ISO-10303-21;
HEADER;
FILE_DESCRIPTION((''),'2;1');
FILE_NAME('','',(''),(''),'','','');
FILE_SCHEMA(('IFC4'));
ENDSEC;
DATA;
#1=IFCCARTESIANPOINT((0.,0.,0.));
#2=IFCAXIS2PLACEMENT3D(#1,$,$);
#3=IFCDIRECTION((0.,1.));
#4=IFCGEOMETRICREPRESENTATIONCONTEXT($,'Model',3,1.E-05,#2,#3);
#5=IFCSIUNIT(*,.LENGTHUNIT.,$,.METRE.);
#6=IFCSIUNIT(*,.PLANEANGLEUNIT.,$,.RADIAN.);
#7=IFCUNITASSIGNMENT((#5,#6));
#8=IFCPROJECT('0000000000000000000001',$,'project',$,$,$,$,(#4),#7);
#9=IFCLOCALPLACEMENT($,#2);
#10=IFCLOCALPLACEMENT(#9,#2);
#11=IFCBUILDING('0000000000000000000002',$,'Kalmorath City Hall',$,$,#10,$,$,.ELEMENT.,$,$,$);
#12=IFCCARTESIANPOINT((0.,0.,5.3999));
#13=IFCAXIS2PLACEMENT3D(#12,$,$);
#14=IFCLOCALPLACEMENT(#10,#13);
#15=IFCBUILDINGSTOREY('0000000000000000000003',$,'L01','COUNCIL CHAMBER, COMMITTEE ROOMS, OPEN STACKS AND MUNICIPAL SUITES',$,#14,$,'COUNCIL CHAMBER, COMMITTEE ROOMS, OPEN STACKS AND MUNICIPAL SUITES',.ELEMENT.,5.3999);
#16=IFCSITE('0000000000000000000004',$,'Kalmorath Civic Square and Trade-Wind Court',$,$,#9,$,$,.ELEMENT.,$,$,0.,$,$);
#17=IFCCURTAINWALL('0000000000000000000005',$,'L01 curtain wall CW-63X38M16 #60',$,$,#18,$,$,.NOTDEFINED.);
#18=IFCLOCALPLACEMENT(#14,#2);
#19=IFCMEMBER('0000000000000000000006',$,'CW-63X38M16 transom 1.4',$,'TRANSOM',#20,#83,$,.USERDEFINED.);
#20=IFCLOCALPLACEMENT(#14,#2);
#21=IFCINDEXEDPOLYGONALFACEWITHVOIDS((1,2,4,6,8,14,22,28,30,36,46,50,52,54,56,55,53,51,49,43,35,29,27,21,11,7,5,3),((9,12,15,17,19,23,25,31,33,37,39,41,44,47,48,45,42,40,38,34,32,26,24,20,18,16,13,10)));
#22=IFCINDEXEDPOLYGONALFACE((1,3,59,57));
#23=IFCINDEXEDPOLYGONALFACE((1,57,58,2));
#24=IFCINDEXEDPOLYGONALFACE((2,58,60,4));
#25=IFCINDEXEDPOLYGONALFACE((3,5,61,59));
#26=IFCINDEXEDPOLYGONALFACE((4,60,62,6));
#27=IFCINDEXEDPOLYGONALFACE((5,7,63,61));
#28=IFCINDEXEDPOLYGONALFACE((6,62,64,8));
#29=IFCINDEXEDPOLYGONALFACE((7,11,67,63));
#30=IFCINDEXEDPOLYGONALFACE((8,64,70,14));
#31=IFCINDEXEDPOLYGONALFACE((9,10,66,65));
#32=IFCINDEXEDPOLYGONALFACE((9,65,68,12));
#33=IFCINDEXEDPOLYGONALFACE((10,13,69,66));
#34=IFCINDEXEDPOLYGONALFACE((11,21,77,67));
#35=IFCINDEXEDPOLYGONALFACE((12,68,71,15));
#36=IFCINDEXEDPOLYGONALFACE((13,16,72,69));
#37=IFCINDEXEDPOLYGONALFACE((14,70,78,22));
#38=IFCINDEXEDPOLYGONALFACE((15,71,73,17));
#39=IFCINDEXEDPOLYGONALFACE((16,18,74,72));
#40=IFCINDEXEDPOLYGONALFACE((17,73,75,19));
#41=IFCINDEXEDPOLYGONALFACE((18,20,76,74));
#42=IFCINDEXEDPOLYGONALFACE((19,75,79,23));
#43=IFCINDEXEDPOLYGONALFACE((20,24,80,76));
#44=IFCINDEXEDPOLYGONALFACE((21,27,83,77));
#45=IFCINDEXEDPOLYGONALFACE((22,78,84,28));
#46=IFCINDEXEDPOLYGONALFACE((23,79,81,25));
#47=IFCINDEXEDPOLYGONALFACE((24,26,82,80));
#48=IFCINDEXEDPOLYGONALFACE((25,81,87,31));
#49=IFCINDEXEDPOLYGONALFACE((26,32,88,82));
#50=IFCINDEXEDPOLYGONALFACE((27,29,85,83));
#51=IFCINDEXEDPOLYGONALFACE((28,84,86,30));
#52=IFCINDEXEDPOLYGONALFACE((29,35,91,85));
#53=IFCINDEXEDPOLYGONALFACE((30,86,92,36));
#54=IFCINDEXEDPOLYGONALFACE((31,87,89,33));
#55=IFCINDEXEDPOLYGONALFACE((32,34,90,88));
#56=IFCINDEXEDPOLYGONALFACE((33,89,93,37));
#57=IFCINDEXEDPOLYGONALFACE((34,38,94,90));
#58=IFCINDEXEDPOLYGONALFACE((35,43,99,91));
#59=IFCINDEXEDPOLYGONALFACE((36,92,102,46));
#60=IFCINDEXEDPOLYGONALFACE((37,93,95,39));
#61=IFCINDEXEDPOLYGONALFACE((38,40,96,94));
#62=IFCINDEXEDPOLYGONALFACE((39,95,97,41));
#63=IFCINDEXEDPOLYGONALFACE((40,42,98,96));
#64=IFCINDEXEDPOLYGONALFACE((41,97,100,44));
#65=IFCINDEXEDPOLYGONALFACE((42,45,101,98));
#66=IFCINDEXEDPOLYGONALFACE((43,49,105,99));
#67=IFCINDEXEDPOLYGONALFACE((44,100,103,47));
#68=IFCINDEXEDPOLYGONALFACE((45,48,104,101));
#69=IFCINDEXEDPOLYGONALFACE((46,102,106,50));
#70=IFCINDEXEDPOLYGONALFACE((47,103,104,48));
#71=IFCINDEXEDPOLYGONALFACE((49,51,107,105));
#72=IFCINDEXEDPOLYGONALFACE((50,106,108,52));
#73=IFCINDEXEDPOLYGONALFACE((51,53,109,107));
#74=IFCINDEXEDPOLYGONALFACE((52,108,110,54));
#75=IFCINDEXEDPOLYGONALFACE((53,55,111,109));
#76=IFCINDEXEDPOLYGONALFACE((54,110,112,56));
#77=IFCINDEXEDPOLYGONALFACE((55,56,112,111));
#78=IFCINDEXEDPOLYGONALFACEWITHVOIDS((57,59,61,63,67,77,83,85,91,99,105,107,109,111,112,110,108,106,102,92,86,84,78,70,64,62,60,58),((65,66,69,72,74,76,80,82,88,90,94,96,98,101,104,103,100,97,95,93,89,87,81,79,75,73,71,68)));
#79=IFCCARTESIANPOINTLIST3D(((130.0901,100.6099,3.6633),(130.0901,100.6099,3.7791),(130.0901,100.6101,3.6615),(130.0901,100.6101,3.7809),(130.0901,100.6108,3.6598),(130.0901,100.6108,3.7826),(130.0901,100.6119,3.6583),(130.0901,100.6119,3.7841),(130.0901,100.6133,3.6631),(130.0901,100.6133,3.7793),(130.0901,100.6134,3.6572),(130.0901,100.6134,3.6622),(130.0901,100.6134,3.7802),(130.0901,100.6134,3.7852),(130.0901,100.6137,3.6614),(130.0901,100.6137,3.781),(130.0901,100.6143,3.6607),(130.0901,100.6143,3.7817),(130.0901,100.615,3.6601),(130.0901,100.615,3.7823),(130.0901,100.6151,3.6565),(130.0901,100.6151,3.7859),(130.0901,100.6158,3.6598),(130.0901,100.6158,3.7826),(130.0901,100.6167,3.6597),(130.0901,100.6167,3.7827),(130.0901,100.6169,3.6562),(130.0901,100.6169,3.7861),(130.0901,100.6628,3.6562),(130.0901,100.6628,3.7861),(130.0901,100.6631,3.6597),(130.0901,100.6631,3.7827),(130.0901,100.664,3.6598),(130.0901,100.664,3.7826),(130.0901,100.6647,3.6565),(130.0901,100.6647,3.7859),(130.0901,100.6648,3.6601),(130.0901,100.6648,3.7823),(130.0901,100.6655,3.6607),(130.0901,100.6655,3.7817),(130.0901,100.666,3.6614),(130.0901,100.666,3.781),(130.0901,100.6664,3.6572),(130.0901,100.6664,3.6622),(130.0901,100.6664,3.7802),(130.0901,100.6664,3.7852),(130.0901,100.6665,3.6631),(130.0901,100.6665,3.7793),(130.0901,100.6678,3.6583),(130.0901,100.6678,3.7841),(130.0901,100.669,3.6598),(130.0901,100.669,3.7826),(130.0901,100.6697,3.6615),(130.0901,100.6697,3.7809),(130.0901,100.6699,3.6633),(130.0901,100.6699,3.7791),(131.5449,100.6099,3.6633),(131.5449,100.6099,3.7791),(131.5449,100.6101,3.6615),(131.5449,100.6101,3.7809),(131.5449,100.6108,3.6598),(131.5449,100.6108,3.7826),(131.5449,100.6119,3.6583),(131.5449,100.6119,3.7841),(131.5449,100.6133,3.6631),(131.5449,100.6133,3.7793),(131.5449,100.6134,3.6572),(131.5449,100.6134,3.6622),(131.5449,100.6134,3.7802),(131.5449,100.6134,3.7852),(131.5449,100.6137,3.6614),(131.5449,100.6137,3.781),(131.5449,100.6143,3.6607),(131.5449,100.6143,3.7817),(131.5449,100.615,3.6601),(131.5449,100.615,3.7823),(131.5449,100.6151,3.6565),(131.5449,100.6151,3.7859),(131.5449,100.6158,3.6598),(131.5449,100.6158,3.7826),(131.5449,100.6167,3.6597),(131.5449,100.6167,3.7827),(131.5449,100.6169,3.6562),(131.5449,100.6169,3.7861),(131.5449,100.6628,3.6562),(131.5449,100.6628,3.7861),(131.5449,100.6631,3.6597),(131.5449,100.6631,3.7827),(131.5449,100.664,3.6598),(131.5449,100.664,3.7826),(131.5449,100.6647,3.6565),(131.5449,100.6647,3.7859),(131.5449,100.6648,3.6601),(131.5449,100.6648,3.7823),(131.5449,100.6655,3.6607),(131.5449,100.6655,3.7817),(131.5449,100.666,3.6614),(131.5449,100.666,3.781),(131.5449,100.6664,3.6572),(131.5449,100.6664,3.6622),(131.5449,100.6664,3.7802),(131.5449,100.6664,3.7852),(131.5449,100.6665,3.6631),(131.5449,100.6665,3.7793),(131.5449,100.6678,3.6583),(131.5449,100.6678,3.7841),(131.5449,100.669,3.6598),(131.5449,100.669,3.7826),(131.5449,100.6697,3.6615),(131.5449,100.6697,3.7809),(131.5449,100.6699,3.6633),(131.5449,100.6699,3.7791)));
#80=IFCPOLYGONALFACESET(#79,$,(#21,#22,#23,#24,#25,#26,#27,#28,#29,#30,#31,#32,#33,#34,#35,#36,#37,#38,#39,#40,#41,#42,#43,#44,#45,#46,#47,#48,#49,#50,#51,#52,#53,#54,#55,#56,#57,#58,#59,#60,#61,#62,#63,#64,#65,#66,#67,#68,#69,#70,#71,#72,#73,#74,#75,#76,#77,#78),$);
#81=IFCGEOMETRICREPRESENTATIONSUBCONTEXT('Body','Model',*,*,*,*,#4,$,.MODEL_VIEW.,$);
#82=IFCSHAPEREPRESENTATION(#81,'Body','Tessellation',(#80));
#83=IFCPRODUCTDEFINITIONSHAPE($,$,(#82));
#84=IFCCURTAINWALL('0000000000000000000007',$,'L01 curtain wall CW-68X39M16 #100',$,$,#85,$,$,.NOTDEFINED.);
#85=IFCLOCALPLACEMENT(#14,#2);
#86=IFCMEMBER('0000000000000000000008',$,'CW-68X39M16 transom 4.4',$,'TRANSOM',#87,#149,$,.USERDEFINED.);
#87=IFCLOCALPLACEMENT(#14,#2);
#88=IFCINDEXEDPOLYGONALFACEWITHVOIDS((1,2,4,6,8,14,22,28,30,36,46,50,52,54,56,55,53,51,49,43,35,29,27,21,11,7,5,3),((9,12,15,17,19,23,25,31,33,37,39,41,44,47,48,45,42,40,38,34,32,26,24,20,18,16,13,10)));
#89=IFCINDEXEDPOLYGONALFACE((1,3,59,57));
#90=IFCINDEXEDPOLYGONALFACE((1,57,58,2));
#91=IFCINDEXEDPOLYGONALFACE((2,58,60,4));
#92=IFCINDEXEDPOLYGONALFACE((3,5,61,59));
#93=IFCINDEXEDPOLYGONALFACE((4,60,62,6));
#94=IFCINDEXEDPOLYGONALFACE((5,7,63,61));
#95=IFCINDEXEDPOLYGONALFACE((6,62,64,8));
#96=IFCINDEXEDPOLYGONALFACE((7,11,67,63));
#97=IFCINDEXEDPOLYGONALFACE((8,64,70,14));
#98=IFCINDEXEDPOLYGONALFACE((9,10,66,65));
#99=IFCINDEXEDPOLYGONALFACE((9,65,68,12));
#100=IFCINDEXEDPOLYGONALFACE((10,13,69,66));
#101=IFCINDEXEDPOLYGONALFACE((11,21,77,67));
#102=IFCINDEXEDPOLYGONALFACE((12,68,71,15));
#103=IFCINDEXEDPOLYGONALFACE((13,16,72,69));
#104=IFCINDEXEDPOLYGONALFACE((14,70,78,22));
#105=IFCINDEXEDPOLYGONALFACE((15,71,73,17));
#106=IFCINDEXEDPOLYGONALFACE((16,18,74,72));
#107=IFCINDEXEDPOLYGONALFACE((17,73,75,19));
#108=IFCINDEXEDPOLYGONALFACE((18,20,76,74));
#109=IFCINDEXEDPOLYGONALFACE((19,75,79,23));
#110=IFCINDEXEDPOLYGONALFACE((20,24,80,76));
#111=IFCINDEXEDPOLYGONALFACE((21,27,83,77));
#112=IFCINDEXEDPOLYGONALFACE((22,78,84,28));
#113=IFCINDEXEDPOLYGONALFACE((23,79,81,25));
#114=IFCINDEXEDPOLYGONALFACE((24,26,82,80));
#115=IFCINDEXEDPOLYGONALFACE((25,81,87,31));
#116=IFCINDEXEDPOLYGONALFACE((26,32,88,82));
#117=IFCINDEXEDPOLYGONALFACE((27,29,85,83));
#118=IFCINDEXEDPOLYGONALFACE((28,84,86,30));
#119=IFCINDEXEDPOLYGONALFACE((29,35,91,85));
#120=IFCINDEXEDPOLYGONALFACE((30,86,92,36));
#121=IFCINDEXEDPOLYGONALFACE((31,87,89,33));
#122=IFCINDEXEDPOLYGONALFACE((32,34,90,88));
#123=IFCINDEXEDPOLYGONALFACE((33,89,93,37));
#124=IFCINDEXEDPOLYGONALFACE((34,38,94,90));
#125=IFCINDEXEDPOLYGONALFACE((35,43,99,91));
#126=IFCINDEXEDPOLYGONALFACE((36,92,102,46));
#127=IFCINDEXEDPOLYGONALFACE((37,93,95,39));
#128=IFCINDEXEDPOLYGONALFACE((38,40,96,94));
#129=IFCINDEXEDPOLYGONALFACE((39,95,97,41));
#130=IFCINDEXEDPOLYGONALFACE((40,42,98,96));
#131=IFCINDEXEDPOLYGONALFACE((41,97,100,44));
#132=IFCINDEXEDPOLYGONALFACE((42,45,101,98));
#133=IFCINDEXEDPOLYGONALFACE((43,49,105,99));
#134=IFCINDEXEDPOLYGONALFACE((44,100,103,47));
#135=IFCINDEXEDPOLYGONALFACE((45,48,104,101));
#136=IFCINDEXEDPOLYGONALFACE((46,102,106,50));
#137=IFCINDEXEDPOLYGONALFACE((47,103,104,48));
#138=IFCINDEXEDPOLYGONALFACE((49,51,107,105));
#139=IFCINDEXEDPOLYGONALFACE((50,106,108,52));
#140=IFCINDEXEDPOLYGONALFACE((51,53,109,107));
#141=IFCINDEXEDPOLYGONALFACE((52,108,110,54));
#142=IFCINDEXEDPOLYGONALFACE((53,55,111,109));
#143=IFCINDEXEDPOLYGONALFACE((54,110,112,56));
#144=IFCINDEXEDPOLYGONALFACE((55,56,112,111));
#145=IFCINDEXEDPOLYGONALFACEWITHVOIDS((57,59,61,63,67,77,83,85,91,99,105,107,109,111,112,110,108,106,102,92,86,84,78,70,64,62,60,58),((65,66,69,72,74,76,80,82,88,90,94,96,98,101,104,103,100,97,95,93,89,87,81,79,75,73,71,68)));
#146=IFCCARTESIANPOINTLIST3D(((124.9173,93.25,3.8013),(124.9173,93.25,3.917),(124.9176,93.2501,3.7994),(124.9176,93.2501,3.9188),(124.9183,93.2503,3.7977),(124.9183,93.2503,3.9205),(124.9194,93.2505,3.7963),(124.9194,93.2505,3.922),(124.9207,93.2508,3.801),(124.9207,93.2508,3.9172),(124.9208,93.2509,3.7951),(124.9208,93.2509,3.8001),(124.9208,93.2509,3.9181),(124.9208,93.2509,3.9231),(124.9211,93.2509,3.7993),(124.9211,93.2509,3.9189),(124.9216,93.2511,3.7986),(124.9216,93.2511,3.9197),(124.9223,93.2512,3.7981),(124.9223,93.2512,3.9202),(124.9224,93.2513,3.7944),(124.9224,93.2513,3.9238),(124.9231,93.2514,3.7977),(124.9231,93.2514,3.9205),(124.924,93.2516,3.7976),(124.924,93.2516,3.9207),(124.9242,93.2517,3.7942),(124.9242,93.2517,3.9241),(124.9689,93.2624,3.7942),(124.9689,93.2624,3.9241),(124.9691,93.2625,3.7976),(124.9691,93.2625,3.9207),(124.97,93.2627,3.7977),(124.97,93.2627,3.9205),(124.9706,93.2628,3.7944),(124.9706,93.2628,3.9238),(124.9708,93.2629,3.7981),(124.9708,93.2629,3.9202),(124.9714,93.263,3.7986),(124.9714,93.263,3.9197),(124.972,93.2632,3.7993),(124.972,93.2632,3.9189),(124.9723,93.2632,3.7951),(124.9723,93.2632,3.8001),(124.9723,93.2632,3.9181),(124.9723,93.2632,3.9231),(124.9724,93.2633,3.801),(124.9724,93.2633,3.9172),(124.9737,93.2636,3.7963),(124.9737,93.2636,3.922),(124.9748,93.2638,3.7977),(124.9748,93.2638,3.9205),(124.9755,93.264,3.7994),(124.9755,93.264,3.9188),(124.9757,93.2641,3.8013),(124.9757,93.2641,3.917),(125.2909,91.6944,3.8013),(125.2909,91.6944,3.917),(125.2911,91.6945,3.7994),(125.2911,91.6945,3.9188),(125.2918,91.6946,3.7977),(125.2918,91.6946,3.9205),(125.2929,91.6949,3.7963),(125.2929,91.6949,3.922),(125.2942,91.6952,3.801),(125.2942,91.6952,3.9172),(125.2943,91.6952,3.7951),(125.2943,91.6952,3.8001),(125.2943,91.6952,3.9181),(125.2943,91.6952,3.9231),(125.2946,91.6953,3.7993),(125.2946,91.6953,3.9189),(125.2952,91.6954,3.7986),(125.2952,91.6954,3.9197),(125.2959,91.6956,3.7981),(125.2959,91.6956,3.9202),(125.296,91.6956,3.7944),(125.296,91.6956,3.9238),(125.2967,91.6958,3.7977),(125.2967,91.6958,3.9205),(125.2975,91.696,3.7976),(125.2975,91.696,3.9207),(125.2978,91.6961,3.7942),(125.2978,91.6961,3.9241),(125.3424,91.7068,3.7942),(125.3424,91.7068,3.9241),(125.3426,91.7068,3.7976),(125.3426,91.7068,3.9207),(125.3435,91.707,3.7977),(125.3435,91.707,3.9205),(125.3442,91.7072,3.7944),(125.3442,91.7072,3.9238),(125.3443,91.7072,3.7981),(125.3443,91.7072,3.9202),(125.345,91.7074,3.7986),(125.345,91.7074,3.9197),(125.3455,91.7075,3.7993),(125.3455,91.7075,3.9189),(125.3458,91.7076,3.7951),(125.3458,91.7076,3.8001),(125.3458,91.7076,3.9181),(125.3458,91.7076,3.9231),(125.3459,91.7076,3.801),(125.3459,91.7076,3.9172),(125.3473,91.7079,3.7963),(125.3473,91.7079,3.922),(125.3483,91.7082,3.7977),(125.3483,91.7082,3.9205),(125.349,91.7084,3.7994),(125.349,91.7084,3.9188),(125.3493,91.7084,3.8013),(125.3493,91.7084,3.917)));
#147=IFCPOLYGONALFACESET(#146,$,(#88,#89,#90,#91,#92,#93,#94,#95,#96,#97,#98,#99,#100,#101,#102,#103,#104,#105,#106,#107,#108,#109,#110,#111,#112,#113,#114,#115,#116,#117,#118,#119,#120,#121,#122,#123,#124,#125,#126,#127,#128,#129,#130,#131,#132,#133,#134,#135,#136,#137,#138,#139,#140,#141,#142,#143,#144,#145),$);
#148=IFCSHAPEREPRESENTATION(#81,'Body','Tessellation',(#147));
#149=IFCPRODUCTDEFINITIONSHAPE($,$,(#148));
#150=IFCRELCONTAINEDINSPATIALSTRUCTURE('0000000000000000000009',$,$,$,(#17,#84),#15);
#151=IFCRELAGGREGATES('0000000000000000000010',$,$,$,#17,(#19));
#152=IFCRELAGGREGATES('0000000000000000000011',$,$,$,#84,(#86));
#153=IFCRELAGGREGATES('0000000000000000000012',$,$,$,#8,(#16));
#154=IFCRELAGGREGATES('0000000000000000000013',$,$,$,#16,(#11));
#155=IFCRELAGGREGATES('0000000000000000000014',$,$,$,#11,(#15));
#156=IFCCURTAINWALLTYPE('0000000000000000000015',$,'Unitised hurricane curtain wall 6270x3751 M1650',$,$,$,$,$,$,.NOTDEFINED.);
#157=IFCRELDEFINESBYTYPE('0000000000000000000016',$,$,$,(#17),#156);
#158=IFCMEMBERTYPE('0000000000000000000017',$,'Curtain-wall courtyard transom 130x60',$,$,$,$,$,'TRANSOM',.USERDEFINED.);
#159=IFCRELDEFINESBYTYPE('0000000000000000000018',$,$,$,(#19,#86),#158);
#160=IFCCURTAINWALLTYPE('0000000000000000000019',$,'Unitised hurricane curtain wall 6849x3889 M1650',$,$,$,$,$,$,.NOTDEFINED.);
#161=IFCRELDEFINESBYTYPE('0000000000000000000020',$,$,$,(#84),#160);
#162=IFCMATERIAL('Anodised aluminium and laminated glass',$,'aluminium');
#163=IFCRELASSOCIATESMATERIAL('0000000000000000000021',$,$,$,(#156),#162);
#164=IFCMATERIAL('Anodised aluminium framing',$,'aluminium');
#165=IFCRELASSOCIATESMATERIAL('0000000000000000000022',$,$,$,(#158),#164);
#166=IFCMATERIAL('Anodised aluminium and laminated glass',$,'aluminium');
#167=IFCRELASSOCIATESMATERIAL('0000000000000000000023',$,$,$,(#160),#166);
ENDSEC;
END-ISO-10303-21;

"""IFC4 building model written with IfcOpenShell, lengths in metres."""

from ifc_helpers import new_model, si_unit, direction, frame, origin, origin_2d, place, context, subcontext, project, spatial, hollow_rectangle, extrude, material, material_profile, profile_set, type_object, element, aggregate, save


model = new_model("IFC4")

# Units and contexts
model_context = context("Model", 3, precision=1e-05, world=origin(), true_north=direction((0.0, 1.0)))
body_context = subcontext(model_context, "Body", "Model", "MODEL_VIEW")
ifc_project = project(units=[si_unit("LENGTHUNIT", "METRE"), si_unit("PLANEANGLEUNIT", "RADIAN")], contexts=[model_context])

# Site, building, storey
site_placement = place(None, origin())
site = spatial("IfcSite", under=ifc_project, at=site_placement, Name="Kalmorath Civic Square and Trade-Wind Court", CompositionType="ELEMENT", RefElevation=0.0)
building_placement = place(site_placement, origin())
building = spatial("IfcBuilding", under=site, at=building_placement, Name="Kalmorath City Hall", CompositionType="ELEMENT")
storey_placement = place(building_placement, frame((0.0, 0.0, 5.3999)))
storey = spatial("IfcBuildingStorey", under=building, at=storey_placement, Name="L01", Description="COUNCIL CHAMBER, COMMITTEE ROOMS, OPEN STACKS AND MUNICIPAL SUITES", LongName="COUNCIL CHAMBER, COMMITTEE ROOMS, OPEN STACKS AND MUNICIPAL SUITES", CompositionType="ELEMENT", Elevation=5.3999)

# Curtain wall, member
ifc_material_1 = material(Name="Anodised aluminium and laminated glass", Category="aluminium")
curtain_wall_type_1 = type_object("IfcCurtainWallType", Name="Unitised hurricane curtain wall 6270x3751 M1650", PredefinedType="NOTDEFINED", material=ifc_material_1)
curtain_wall_1_placement = place(storey_placement, origin())
curtain_wall_1 = element("IfcCurtainWall", 1, at=curtain_wall_1_placement, inside=storey, type_object=curtain_wall_type_1, Name="L01 curtain wall CW-63X38M16 #60", PredefinedType="NOTDEFINED")
ifc_material_2 = material(Name="Anodised aluminium framing", Category="aluminium")
ifc_material_profile_1 = material_profile(ifc_material_2, hollow_rectangle(XDim=0.0601, YDim=0.1299, WallThickness=0.0034, InnerFilletRadius=0.0034, OuterFilletRadius=0.0071, at=origin_2d()), Name="ALU-TRN-130X60X3.5")
ifc_profile_set_1 = profile_set([ifc_material_profile_1], Name="Anodised aluminium framing")
member_type_1 = type_object("IfcMemberType", Name="Curtain-wall courtyard transom 130x60", ElementType="TRANSOM", PredefinedType="USERDEFINED", material=ifc_profile_set_1)
member_1_placement = place(storey_placement, frame((130.0901, 100.6399, 3.7212), z_axis=(1.0, 0.0, 0.0), x_axis=(0.0, 1.0, 0.0)))
member_1 = element("IfcMember", 2, at=member_1_placement, type_object=member_type_1, Name="CW-63X38M16 transom 1.4", ObjectType="TRANSOM", PredefinedType="USERDEFINED", context=body_context, shape_type="SweptSolid", body=[
    extrude(hollow_rectangle(XDim=0.0601, YDim=0.1299, WallThickness=0.0034, InnerFilletRadius=0.0034, OuterFilletRadius=0.0071, at=origin_2d()), origin(), (0.0, 0.0, 1.0), 1.4548),
])

# Curtain wall, member
ifc_material_3 = material(Name="Anodised aluminium and laminated glass", Category="aluminium")
curtain_wall_type_2 = type_object("IfcCurtainWallType", Name="Unitised hurricane curtain wall 6849x3889 M1650", PredefinedType="NOTDEFINED", material=ifc_material_3)
curtain_wall_2_placement = place(storey_placement, origin())
curtain_wall_2 = element("IfcCurtainWall", 3, at=curtain_wall_2_placement, inside=storey, type_object=curtain_wall_type_2, Name="L01 curtain wall CW-68X39M16 #100", PredefinedType="NOTDEFINED")
member_2_placement = place(storey_placement, frame((125.3201, 91.7014, 3.8591), z_axis=(-0.233477, 0.972362, 0.0), x_axis=(-0.972362, -0.233477, 0.0)))
member_2 = element("IfcMember", 4, at=member_2_placement, type_object=member_type_1, Name="CW-68X39M16 transom 4.4", ObjectType="TRANSOM", PredefinedType="USERDEFINED", context=body_context, shape_type="SweptSolid", body=[
    extrude(hollow_rectangle(XDim=0.0601, YDim=0.1299, WallThickness=0.0034, InnerFilletRadius=0.0034, OuterFilletRadius=0.0071, at=origin_2d()), origin(), (0.0, 0.0, 1.0), 1.5999),
])

aggregate(curtain_wall_1, [member_1])
aggregate(curtain_wall_2, [member_2])

save(model, "model.ifc")
